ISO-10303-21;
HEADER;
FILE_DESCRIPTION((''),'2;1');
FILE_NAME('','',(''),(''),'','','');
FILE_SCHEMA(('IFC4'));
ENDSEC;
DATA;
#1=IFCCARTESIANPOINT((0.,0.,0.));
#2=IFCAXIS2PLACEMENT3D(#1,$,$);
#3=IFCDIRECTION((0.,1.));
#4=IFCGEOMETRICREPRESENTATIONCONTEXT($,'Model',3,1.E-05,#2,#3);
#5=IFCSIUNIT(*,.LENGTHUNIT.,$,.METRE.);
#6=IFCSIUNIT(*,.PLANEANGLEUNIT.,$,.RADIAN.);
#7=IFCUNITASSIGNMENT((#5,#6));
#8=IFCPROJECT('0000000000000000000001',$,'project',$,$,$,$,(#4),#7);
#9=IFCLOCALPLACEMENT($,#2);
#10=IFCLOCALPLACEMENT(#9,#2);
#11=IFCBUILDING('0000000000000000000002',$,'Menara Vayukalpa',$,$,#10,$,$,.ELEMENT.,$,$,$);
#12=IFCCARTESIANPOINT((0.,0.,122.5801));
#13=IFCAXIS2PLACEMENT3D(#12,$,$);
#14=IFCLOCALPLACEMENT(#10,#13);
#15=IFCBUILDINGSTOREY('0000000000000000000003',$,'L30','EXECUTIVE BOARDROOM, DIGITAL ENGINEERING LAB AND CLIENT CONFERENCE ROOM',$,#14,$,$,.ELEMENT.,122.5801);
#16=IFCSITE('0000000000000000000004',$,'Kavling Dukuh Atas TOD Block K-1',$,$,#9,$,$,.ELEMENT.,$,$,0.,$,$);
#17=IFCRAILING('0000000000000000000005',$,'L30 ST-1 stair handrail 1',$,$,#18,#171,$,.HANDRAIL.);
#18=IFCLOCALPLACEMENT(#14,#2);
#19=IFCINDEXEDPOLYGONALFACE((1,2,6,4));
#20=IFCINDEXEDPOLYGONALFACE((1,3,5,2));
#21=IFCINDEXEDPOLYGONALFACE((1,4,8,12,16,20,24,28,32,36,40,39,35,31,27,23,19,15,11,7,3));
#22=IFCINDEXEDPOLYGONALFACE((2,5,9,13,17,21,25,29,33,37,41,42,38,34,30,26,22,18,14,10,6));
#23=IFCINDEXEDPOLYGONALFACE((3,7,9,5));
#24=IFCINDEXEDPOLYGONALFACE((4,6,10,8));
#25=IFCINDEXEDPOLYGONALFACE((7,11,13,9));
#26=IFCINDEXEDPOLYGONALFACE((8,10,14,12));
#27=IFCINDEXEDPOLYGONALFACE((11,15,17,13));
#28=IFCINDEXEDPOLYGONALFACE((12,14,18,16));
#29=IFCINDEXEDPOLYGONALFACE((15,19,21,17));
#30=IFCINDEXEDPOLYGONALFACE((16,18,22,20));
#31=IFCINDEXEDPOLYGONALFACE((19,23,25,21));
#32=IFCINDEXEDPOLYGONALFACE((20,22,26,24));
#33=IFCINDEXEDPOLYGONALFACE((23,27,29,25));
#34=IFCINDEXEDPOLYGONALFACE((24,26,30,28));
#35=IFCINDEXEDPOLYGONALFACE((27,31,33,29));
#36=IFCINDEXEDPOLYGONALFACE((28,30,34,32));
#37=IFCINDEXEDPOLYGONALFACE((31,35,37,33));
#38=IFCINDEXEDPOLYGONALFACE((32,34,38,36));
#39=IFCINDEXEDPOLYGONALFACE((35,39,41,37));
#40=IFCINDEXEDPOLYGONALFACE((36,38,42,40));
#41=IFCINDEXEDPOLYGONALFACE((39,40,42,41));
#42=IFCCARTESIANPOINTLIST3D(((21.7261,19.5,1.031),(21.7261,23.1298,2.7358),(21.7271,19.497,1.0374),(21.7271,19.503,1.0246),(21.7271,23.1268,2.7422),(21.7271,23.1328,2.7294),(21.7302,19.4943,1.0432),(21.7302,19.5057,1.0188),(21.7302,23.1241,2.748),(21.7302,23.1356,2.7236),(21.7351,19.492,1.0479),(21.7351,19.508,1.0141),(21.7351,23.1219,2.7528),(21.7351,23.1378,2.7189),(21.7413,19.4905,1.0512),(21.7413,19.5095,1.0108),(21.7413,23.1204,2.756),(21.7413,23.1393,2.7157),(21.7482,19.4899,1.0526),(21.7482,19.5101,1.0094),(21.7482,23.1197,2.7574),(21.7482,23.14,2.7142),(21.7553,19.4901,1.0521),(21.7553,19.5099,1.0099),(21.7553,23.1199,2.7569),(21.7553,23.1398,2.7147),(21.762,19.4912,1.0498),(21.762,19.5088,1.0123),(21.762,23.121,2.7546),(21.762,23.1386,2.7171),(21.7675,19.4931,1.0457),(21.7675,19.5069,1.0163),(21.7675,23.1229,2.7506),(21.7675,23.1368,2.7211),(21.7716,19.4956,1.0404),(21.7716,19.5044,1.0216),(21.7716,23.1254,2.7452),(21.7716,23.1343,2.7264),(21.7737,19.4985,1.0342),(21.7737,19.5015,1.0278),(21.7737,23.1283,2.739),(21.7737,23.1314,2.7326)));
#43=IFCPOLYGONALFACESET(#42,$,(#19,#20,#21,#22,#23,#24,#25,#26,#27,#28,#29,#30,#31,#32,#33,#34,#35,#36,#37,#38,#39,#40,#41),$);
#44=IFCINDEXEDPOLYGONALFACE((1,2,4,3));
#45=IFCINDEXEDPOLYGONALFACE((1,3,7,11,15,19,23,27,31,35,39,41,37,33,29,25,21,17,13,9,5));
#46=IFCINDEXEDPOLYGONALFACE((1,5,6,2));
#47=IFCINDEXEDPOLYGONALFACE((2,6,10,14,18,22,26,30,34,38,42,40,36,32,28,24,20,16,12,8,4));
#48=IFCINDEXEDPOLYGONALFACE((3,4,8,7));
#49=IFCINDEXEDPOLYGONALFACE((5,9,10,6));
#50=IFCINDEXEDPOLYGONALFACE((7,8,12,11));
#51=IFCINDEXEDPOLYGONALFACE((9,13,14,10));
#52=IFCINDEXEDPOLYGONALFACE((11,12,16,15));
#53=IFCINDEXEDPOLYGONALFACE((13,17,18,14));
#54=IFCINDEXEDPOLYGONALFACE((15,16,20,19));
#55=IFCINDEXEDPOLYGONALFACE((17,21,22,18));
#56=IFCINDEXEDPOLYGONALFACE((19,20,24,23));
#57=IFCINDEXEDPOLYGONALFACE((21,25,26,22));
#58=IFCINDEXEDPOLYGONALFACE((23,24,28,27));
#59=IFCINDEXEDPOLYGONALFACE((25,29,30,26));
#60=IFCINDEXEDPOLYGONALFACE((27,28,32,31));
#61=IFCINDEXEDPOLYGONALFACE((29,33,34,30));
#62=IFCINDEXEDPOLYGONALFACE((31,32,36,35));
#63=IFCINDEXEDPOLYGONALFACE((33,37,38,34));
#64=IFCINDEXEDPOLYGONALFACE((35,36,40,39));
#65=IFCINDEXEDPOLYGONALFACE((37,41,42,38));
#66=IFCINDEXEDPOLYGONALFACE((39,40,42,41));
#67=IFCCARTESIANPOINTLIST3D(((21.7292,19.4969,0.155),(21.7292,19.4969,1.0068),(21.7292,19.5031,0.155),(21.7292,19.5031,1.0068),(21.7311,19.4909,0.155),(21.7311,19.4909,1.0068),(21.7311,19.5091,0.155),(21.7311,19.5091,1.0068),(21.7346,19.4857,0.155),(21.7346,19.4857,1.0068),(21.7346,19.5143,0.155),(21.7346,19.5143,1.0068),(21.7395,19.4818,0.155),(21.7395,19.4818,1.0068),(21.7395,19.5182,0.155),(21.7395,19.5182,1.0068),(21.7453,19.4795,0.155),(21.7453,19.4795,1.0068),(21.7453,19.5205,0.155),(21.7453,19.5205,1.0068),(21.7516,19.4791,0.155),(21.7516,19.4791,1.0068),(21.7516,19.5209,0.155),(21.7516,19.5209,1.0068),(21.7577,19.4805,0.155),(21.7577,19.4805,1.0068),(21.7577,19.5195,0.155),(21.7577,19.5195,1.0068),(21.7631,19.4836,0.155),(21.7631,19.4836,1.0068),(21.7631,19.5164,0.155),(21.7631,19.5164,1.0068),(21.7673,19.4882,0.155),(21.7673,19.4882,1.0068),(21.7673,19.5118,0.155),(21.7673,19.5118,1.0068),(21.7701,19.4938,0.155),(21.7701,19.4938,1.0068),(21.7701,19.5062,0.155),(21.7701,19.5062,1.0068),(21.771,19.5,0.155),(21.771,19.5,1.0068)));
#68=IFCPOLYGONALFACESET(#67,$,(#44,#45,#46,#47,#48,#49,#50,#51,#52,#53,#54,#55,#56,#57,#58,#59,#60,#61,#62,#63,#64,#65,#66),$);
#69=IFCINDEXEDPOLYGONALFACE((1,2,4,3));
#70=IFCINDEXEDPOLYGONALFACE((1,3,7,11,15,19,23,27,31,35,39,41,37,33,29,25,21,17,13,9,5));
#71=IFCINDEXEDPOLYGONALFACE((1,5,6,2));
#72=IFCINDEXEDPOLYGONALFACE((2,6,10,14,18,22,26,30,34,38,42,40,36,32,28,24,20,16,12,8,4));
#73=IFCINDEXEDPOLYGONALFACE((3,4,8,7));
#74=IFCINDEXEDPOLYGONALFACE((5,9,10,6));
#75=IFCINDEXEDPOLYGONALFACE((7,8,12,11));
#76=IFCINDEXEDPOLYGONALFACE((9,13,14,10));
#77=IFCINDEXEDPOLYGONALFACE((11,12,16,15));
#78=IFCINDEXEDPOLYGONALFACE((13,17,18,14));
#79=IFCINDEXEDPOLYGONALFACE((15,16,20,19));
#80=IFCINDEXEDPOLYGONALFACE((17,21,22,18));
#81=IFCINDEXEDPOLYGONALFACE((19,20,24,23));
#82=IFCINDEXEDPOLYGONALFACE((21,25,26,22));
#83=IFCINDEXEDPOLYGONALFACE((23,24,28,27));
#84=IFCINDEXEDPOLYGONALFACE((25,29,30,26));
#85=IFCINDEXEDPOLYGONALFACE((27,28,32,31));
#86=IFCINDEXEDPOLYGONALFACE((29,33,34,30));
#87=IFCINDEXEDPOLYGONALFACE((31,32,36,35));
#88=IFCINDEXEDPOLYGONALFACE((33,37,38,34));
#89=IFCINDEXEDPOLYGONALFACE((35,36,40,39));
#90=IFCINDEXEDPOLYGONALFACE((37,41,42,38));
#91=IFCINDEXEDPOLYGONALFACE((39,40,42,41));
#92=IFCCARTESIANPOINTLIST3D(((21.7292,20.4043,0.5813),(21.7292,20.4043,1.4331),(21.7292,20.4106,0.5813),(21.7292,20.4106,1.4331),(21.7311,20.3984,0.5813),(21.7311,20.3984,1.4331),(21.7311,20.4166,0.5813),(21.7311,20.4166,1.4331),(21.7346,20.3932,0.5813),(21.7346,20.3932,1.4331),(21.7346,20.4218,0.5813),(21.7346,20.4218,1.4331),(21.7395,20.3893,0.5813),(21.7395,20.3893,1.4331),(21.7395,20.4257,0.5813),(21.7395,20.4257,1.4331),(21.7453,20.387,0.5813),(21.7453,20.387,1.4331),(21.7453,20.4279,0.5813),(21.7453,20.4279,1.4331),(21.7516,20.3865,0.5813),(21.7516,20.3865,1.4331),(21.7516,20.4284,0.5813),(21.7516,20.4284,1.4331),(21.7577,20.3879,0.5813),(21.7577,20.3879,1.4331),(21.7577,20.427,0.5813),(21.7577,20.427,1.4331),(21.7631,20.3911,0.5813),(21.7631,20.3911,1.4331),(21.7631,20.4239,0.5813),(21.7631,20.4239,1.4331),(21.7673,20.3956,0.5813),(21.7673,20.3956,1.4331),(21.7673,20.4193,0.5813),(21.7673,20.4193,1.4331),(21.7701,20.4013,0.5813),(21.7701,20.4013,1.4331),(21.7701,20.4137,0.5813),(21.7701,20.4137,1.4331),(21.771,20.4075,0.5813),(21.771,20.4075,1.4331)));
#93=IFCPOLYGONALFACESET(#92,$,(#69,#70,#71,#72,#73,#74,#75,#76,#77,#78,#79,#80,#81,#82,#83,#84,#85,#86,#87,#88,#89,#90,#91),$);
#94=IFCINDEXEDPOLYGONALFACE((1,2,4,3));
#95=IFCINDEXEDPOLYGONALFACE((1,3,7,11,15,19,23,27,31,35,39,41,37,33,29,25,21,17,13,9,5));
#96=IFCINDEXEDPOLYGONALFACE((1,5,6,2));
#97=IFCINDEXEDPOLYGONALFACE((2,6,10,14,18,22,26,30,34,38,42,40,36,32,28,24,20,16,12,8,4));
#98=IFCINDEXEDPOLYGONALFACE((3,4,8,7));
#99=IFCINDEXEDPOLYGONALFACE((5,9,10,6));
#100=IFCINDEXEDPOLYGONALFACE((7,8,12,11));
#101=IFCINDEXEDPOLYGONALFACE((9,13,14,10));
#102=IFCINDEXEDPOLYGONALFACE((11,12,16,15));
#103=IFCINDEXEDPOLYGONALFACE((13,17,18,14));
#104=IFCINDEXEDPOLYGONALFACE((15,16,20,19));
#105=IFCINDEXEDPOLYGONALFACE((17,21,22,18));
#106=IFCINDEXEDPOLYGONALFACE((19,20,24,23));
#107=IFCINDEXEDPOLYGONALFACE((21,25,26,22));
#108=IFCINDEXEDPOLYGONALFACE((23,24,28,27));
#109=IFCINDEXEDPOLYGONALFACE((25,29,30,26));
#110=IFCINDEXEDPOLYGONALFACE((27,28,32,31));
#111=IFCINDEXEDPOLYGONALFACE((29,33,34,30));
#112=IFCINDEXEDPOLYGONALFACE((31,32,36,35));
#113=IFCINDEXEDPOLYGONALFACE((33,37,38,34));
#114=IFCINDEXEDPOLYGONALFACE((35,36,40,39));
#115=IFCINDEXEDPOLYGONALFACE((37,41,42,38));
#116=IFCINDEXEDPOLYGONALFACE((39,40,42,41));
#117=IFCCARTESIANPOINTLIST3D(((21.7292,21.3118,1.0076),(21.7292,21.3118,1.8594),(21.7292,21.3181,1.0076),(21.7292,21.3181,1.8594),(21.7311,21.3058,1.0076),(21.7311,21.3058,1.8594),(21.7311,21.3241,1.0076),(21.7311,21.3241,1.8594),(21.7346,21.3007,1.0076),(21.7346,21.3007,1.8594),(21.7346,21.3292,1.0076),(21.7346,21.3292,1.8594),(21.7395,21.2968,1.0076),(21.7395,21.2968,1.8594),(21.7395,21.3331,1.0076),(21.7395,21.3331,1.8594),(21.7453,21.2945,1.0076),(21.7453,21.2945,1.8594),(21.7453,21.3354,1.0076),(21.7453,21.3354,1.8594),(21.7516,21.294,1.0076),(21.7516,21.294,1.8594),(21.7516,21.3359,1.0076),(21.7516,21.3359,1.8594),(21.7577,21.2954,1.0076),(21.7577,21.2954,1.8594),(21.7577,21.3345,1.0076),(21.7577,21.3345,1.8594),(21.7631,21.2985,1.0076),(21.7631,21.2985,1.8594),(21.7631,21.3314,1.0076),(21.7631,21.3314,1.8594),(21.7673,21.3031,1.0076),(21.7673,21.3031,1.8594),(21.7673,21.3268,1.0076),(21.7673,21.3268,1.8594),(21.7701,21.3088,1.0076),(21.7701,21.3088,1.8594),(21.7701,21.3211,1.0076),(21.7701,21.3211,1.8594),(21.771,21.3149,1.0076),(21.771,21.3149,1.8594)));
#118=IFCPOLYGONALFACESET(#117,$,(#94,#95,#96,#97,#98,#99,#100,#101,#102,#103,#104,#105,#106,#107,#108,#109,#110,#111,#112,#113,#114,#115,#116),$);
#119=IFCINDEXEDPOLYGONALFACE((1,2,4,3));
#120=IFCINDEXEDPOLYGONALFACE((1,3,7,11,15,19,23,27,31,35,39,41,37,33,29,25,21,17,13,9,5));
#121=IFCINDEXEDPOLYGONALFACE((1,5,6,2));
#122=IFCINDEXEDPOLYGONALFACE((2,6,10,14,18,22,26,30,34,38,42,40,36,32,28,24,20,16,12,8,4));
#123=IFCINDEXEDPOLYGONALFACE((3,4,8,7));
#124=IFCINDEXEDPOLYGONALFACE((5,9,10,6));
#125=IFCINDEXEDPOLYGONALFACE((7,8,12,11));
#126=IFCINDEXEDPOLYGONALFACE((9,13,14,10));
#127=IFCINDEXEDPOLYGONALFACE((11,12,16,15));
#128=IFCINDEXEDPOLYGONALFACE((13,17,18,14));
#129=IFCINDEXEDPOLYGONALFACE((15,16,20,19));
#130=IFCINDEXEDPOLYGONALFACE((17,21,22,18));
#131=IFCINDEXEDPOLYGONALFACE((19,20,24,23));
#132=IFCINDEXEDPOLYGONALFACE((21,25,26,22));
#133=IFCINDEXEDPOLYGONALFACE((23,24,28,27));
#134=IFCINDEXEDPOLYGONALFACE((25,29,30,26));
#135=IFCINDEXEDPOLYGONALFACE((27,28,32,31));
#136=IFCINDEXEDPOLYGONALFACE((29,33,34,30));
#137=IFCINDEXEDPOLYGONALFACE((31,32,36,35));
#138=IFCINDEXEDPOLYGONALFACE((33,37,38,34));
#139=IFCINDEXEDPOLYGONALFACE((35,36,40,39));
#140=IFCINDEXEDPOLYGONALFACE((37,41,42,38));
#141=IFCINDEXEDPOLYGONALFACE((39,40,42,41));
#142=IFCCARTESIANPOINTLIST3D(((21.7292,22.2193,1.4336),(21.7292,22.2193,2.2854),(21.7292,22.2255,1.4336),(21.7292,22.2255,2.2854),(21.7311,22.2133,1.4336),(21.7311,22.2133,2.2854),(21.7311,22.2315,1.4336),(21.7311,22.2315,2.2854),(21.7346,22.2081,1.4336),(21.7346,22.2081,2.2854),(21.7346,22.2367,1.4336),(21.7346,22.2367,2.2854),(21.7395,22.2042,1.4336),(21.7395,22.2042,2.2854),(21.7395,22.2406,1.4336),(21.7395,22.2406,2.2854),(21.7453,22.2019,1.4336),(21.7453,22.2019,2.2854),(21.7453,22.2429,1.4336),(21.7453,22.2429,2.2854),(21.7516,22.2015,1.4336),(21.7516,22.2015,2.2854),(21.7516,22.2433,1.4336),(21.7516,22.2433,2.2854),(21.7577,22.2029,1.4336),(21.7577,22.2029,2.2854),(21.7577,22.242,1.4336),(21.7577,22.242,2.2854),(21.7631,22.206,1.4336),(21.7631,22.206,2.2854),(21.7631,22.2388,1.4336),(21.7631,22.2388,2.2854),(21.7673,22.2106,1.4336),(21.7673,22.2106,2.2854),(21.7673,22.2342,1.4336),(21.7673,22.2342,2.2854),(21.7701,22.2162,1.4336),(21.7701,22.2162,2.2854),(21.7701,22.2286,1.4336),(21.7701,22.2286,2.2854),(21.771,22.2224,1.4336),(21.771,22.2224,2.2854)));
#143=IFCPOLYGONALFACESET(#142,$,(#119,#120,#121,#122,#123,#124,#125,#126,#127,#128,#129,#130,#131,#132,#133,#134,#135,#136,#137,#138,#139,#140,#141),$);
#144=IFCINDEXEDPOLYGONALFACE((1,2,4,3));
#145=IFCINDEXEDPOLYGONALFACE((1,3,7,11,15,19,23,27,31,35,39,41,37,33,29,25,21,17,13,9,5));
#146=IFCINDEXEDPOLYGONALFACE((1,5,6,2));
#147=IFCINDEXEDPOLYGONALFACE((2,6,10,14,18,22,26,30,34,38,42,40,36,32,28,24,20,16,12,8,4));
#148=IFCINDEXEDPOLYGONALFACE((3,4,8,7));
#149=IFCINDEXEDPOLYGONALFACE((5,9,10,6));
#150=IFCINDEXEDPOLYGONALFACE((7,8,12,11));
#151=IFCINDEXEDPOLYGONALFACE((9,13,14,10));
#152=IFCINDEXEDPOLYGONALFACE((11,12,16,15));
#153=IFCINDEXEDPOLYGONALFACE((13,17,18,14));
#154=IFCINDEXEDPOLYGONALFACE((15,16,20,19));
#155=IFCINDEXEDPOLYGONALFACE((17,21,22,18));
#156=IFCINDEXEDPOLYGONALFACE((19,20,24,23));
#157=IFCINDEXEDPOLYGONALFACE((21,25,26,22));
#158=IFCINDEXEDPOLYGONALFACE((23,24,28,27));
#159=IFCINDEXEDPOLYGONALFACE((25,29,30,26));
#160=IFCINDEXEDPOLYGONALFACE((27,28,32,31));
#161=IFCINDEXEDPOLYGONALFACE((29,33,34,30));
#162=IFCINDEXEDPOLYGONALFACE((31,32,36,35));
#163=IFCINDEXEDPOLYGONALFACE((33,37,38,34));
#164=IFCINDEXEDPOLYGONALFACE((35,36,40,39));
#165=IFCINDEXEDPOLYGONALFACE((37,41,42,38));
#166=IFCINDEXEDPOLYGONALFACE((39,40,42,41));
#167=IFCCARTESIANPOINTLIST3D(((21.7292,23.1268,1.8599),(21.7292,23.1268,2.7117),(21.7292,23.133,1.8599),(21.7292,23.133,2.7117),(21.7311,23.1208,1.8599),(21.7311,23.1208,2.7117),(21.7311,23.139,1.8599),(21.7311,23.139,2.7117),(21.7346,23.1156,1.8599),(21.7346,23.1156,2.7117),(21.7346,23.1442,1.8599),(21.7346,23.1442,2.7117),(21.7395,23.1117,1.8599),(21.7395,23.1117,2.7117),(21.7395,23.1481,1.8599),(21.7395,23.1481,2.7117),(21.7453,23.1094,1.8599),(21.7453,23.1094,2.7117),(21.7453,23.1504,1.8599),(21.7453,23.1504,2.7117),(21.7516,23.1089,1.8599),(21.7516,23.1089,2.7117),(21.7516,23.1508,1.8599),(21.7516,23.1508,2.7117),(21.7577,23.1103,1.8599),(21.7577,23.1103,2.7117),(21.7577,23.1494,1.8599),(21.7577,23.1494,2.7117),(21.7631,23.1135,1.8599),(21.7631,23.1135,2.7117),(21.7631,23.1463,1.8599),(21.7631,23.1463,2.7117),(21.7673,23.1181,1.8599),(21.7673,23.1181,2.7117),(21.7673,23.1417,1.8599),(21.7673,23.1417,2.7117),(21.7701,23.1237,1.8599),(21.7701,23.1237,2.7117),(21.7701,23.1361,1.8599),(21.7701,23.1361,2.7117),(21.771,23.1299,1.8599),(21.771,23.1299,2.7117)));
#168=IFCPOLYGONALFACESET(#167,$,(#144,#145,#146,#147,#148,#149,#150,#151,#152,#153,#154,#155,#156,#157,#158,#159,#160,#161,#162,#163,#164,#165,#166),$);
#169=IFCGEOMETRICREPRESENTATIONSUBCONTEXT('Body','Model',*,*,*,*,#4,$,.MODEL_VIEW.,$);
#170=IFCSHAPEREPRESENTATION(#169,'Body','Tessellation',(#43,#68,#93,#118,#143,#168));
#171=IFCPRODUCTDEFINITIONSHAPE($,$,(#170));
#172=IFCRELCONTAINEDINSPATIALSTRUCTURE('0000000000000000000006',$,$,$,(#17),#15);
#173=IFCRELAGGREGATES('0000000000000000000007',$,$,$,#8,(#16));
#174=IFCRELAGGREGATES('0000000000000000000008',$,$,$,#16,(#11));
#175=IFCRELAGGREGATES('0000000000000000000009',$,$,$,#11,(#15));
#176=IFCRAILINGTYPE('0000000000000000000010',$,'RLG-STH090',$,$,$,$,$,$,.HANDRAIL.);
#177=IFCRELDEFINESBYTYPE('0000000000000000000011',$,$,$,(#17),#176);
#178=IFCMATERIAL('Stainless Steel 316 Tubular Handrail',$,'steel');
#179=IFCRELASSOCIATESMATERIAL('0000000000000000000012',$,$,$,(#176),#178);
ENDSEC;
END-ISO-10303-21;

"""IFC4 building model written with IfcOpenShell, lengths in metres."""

from ifc_helpers import new_model, si_unit, direction, frame, origin, origin_2d, place, context, subcontext, project, spatial, circle, extrude, material, type_object, element, save


model = new_model("IFC4")

# Units and contexts
model_context = context("Model", 3, precision=1e-05, world=origin(), true_north=direction((0.0, 1.0)))
body_context = subcontext(model_context, "Body", "Model", "MODEL_VIEW")
ifc_project = project(units=[si_unit("LENGTHUNIT", "METRE"), si_unit("PLANEANGLEUNIT", "RADIAN")], contexts=[model_context])

# Site, building, storey
site_placement = place(None, origin())
site = spatial("IfcSite", under=ifc_project, at=site_placement, Name="Kavling Dukuh Atas TOD Block K-1", CompositionType="ELEMENT", RefElevation=0.0)
building_placement = place(site_placement, origin())
building = spatial("IfcBuilding", under=site, at=building_placement, Name="Menara Vayukalpa", CompositionType="ELEMENT")
storey_placement = place(building_placement, frame((0.0, 0.0, 122.5801)))
storey = spatial("IfcBuildingStorey", under=building, at=storey_placement, Name="L30", Description="EXECUTIVE BOARDROOM, DIGITAL ENGINEERING LAB AND CLIENT CONFERENCE ROOM", CompositionType="ELEMENT", Elevation=122.5801)

# Railing
ifc_material_1 = material(Name="Stainless Steel 316 Tubular Handrail", Category="steel")
railing_type_1 = type_object("IfcRailingType", Name="RLG-STH090", PredefinedType="HANDRAIL", material=ifc_material_1)
railing_1_placement = place(storey_placement, frame((21.75, 19.5, 0.155)))
element("IfcRailing", 1, at=railing_1_placement, inside=storey, type_object=railing_type_1, Name="L30 ST-1 stair handrail 1", PredefinedType="HANDRAIL", context=body_context, shape_type="SweptSolid", body=[
    extrude(circle(Radius=0.0239, at=origin_2d()), frame((0.0, 0.0, 0.876), z_axis=(0.0, 0.90514, 0.425114), x_axis=(-1.0, 0.0, 0.0)), (0.0, 0.0, 1.0), 4.0103),
    extrude(circle(Radius=0.021, at=origin_2d()), origin(), (0.0, 0.0, 1.0), 0.8518),
    extrude(circle(Radius=0.021, at=origin_2d()), frame((0.0, 0.9075, 0.4263)), (0.0, 0.0, 1.0), 0.8518),
    extrude(circle(Radius=0.021, at=origin_2d()), frame((0.0, 1.8149, 0.8525)), (0.0, 0.0, 1.0), 0.8518),
    extrude(circle(Radius=0.021, at=origin_2d()), frame((0.0, 2.7224, 1.2786)), (0.0, 0.0, 1.0), 0.8518),
    extrude(circle(Radius=0.021, at=origin_2d()), frame((0.0, 3.6299, 1.7048)), (0.0, 0.0, 1.0), 0.8518),
])

save(model, "model.ifc")
